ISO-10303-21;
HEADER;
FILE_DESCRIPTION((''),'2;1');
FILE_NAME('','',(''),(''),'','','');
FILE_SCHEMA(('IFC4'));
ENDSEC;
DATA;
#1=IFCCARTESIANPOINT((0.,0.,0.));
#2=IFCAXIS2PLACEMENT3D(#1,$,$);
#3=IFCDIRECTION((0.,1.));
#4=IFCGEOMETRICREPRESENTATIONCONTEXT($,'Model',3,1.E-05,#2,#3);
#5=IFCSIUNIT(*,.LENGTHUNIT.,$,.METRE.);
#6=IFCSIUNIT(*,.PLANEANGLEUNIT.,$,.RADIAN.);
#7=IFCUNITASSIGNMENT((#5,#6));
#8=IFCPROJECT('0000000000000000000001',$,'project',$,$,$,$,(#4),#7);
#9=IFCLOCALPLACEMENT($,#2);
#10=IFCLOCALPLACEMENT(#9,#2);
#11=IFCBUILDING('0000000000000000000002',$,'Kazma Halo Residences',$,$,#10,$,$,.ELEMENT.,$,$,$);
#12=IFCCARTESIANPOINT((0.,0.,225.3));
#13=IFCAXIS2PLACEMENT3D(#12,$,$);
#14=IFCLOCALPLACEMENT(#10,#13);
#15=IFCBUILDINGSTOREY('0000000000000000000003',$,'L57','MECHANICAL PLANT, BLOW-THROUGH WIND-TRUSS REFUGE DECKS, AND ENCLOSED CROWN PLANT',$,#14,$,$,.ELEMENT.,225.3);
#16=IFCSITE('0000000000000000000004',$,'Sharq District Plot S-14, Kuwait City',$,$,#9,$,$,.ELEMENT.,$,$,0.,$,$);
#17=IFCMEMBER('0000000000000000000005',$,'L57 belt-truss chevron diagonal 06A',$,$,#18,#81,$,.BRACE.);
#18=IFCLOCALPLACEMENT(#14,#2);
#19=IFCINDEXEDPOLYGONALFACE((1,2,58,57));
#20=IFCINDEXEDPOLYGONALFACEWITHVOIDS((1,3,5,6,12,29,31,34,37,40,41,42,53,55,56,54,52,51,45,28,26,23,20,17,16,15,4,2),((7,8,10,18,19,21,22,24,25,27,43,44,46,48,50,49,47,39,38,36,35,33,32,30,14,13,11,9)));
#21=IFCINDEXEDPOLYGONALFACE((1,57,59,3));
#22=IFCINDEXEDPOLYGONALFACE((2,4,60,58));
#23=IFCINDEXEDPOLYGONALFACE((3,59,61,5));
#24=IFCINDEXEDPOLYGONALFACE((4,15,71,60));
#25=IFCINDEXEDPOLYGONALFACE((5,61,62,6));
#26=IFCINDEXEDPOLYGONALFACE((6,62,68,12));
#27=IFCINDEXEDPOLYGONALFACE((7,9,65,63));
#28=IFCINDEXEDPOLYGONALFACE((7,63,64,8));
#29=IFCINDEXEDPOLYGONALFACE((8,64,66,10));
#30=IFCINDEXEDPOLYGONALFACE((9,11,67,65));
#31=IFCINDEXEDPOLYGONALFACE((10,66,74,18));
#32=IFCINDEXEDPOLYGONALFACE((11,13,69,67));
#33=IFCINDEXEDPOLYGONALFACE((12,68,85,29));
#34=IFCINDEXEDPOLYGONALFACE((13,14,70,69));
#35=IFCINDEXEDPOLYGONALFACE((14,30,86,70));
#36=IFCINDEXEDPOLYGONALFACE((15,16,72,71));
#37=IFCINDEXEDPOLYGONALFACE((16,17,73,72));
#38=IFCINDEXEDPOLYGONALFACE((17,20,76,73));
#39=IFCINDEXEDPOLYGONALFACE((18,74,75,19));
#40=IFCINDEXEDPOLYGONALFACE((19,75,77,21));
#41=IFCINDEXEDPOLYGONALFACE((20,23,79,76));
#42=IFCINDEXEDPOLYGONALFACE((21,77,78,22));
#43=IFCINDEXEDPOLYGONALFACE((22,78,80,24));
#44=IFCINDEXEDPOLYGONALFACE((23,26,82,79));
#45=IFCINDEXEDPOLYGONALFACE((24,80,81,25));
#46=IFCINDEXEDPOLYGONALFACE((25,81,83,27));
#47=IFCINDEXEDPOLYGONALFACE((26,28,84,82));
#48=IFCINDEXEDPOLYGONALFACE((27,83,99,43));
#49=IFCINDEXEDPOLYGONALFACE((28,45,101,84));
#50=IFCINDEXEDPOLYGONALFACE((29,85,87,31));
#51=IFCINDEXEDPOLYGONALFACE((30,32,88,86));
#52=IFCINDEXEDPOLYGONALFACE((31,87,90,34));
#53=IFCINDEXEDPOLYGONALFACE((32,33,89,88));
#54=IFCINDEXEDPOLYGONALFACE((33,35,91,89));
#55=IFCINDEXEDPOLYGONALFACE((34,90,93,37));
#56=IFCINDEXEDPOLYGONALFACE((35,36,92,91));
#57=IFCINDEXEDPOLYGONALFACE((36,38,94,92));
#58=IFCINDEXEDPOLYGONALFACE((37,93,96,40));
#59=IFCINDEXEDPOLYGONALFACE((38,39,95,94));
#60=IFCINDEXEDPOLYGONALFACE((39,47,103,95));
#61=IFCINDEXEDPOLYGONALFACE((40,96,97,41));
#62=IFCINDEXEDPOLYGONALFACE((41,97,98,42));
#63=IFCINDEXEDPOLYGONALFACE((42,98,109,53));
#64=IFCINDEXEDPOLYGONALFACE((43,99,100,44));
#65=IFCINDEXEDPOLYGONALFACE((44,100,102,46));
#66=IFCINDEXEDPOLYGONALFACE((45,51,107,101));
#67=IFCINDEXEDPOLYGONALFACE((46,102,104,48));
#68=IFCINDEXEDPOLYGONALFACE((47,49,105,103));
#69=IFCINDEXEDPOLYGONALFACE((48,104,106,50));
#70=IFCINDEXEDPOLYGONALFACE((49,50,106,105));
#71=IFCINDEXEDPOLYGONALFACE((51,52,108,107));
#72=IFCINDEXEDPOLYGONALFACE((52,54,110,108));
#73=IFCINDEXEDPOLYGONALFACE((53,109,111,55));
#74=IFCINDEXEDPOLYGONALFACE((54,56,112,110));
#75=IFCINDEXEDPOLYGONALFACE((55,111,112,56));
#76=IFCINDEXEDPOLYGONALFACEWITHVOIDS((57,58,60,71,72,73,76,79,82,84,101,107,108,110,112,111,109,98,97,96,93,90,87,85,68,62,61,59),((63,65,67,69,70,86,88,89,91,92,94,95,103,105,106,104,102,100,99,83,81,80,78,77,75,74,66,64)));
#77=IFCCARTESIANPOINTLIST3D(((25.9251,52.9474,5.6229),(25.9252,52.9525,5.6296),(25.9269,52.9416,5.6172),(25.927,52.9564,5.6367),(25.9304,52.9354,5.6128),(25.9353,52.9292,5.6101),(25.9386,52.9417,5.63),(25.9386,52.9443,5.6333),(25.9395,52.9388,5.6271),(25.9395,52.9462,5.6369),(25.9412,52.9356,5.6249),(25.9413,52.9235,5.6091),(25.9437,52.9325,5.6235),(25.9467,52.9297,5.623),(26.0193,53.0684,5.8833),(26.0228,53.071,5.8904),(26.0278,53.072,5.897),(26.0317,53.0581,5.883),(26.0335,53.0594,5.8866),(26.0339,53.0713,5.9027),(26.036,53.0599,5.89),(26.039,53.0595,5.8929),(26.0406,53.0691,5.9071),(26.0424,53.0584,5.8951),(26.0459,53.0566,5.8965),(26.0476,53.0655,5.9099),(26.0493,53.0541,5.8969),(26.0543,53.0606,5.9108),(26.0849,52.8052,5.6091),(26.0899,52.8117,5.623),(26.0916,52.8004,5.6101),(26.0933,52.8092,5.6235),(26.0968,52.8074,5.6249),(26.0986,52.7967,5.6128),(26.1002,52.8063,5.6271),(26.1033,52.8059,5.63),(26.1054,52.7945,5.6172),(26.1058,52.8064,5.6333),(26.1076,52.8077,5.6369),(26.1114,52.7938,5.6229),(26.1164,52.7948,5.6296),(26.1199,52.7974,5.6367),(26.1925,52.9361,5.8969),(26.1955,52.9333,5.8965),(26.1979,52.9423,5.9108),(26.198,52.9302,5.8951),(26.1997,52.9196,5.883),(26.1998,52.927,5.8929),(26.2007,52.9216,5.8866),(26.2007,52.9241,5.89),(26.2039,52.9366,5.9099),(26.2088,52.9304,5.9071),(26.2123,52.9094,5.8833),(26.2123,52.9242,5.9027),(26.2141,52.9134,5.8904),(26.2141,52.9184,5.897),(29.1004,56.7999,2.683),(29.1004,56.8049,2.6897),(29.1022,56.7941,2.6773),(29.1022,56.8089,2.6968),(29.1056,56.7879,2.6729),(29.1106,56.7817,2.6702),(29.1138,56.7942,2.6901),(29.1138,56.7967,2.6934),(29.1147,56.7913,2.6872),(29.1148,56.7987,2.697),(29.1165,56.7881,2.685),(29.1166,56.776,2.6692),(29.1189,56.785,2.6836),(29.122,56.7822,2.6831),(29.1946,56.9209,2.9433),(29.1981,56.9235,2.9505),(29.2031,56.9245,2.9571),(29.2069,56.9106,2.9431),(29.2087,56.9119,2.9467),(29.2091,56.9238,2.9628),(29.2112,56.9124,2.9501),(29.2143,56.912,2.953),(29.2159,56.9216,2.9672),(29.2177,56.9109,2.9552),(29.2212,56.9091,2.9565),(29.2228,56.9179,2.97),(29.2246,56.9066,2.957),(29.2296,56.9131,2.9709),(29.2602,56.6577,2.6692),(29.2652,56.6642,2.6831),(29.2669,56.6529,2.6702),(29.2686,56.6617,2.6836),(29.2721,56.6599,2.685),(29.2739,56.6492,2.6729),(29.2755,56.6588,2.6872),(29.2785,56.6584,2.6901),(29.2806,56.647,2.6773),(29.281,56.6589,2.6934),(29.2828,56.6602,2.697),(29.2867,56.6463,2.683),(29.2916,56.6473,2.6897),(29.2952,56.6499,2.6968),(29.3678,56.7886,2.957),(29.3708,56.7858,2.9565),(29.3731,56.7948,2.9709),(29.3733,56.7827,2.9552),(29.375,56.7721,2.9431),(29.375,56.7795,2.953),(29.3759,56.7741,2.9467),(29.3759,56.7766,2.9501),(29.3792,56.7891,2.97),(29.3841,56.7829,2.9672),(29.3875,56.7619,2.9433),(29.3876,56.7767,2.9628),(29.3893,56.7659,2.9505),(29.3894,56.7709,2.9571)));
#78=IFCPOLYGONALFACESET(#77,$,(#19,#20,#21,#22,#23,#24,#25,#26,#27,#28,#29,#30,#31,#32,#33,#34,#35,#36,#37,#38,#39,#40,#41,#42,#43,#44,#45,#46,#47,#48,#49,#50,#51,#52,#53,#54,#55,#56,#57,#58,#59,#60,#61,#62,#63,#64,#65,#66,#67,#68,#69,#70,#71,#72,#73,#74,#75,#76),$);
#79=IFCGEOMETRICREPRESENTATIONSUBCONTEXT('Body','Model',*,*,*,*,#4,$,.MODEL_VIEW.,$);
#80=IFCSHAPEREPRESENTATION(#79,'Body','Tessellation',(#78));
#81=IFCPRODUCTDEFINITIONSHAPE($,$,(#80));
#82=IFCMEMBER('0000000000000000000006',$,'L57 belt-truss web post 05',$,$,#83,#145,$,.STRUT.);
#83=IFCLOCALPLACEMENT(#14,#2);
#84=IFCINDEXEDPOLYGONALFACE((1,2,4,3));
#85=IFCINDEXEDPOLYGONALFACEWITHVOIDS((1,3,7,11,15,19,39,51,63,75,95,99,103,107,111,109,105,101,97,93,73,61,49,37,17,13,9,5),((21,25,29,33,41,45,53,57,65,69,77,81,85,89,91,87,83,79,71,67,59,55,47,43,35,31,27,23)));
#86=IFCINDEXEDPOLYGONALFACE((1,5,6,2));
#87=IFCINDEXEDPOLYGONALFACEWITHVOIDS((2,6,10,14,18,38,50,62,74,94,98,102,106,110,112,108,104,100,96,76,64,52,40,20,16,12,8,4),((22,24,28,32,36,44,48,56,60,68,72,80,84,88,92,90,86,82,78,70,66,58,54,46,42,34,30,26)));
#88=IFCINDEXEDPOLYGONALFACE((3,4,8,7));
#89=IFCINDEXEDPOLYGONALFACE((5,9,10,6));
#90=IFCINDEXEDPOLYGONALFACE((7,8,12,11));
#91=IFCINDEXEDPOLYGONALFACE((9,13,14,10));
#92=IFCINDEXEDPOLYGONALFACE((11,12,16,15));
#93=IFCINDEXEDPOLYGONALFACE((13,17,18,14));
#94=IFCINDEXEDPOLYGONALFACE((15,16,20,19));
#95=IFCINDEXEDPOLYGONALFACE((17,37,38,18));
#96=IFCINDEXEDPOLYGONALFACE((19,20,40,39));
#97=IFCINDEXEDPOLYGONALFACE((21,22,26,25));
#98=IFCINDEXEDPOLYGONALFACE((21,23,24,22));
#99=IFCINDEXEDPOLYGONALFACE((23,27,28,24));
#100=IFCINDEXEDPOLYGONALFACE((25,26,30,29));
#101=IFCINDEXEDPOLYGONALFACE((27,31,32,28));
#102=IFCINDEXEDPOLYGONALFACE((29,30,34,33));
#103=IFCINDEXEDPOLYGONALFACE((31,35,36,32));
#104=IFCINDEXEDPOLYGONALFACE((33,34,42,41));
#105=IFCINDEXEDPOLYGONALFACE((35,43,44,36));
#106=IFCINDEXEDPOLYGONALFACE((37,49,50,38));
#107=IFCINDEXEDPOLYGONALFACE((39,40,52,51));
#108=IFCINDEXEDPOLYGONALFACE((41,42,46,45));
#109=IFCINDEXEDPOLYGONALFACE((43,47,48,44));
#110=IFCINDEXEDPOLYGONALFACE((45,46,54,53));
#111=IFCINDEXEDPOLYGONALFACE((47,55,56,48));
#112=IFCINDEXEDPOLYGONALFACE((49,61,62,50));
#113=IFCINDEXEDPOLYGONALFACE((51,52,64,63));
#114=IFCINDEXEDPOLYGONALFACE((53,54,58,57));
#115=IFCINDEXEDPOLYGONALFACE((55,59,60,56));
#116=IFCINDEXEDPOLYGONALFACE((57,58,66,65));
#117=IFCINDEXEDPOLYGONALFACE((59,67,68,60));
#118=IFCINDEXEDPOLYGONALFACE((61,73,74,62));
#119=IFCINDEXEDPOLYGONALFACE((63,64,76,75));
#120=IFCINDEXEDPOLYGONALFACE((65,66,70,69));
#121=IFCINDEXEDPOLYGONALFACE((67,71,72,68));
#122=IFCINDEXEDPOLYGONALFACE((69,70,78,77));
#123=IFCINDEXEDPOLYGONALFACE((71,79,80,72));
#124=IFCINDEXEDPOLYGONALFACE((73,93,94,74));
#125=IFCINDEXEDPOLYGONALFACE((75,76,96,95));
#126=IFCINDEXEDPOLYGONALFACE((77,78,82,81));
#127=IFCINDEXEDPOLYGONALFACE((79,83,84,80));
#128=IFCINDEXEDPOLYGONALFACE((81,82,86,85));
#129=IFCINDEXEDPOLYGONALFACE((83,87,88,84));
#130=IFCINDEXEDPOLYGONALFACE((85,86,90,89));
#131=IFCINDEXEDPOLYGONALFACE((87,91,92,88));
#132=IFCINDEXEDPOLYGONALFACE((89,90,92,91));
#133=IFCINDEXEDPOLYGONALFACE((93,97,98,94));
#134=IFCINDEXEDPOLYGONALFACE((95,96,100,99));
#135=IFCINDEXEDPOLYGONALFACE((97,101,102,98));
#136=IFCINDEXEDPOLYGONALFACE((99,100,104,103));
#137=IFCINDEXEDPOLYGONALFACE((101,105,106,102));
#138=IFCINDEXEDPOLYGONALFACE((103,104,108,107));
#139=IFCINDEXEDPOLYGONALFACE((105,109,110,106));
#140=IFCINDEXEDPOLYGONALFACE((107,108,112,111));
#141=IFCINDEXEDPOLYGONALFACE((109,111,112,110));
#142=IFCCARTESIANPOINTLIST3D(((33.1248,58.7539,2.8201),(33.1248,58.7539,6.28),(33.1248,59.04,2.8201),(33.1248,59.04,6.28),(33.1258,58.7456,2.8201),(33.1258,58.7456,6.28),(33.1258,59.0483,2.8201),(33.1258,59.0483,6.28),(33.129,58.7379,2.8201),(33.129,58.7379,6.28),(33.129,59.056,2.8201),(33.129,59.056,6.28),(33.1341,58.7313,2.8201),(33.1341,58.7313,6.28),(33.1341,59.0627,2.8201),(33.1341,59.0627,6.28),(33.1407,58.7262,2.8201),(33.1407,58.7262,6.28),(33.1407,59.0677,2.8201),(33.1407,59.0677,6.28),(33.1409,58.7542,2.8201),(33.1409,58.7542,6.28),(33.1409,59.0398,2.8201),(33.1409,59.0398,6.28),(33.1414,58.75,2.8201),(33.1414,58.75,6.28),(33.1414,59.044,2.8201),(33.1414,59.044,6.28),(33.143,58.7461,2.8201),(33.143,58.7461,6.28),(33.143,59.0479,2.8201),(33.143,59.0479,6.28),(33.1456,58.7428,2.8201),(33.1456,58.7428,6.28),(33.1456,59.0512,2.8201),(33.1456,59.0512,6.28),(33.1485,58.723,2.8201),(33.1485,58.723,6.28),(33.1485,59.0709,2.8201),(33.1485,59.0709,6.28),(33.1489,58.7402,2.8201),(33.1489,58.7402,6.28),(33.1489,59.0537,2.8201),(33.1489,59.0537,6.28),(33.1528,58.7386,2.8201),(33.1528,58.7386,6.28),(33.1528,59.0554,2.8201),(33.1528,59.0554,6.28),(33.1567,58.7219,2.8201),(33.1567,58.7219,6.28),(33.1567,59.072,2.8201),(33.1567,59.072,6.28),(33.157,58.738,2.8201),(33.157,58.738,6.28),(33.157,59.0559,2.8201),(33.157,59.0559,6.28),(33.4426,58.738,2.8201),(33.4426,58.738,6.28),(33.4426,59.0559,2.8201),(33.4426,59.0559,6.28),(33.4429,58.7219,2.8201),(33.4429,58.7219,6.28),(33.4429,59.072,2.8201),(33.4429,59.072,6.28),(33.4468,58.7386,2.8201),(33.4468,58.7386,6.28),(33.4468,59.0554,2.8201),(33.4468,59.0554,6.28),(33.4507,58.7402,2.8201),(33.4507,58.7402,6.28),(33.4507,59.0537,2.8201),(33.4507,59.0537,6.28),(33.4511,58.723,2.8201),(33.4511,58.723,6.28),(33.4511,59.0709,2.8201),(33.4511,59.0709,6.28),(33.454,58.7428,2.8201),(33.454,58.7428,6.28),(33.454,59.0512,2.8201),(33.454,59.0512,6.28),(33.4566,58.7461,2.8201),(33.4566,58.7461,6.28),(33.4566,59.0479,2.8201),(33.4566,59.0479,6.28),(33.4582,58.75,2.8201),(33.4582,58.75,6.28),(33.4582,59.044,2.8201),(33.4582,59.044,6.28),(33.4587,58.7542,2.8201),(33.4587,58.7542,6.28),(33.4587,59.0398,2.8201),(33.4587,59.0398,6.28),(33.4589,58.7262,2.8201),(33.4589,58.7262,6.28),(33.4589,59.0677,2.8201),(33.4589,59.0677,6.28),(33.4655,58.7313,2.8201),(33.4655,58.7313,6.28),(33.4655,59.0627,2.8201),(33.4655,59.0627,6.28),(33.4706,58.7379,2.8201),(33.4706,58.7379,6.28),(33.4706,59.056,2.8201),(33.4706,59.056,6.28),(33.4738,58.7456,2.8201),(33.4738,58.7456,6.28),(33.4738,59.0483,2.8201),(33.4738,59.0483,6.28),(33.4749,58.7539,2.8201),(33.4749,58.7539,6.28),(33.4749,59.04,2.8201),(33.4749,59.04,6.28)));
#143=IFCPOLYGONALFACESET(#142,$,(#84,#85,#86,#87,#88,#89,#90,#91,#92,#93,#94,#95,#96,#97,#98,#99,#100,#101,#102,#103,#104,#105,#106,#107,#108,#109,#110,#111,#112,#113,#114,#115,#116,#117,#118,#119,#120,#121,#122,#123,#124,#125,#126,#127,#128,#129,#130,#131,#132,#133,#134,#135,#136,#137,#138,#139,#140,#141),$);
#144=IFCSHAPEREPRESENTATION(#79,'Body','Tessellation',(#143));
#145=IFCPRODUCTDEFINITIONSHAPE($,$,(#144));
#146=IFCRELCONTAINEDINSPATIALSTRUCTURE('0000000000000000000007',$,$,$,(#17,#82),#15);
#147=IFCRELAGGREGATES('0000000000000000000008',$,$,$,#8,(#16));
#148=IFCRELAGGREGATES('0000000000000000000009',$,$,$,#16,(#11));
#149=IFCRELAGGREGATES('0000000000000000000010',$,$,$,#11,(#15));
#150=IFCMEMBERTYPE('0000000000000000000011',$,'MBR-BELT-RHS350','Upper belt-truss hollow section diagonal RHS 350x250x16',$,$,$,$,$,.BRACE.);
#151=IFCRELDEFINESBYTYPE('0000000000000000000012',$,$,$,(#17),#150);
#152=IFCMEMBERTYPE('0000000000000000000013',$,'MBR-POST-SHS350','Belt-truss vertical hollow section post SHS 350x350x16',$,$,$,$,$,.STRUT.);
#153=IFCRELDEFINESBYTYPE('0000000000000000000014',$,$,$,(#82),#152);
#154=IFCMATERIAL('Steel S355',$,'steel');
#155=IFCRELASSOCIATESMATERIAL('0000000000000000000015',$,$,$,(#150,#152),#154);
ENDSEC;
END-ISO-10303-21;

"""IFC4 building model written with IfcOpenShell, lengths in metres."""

from ifc_helpers import new_model, si_unit, direction, frame, origin, origin_2d, place, context, subcontext, project, spatial, hollow_rectangle, extrude, material, material_profile, profile_set, type_object, element, save


model = new_model("IFC4")

# Units and contexts
model_context = context("Model", 3, precision=1e-05, world=origin(), true_north=direction((0.0, 1.0)))
body_context = subcontext(model_context, "Body", "Model", "MODEL_VIEW")
ifc_project = project(units=[si_unit("LENGTHUNIT", "METRE"), si_unit("PLANEANGLEUNIT", "RADIAN")], contexts=[model_context])

# Site, building, storey
site_placement = place(None, origin())
site = spatial("IfcSite", under=ifc_project, at=site_placement, Name="Sharq District Plot S-14, Kuwait City", CompositionType="ELEMENT", RefElevation=0.0)
building_placement = place(site_placement, origin())
building = spatial("IfcBuilding", under=site, at=building_placement, Name="Kazma Halo Residences", CompositionType="ELEMENT")
storey_placement = place(building_placement, frame((0.0, 0.0, 225.3)))
storey = spatial("IfcBuildingStorey", under=building, at=storey_placement, Name="L57", Description="MECHANICAL PLANT, BLOW-THROUGH WIND-TRUSS REFUGE DECKS, AND ENCLOSED CROWN PLANT", CompositionType="ELEMENT", Elevation=225.3)

# Shared definitions
ifc_material_1 = material(Name="Steel S355", Category="steel")

# Members
ifc_material_profile_1 = material_profile(ifc_material_1, hollow_rectangle(XDim=0.25, YDim=0.3501, WallThickness=0.0161, InnerFilletRadius=0.0161, OuterFilletRadius=0.032, at=origin_2d()), Name="RHS350x250x16")
ifc_profile_set_1 = profile_set([ifc_material_profile_1], Name="Steel S355")
member_type_1 = type_object("IfcMemberType", Name="MBR-BELT-RHS350", Description="Upper belt-truss hollow section diagonal RHS 350x250x16", PredefinedType="BRACE", material=ifc_profile_set_1)
member_1_placement = place(storey_placement, frame((29.2449, 56.7854, 2.8201), z_axis=(-0.548053, -0.664945, 0.507431), x_axis=(0.771673, -0.636019, 0.0)))
element("IfcMember", 1, at=member_1_placement, inside=storey, type_object=member_type_1, Name="L57 belt-truss chevron diagonal 06A", PredefinedType="BRACE", context=body_context, shape_type="SweptSolid", body=[
    extrude(hollow_rectangle(XDim=0.25, YDim=0.3501, WallThickness=0.0161, InnerFilletRadius=0.0161, OuterFilletRadius=0.032, at=origin_2d()), origin(), (0.0, 0.0, 1.0), 5.7937),
])
ifc_material_profile_2 = material_profile(ifc_material_1, hollow_rectangle(XDim=0.3501, YDim=0.3501, WallThickness=0.0161, InnerFilletRadius=0.0161, OuterFilletRadius=0.032, at=origin_2d()), Name="SHS350x350x16")
ifc_profile_set_2 = profile_set([ifc_material_profile_2], Name="Steel S355")
member_type_2 = type_object("IfcMemberType", Name="MBR-POST-SHS350", Description="Belt-truss vertical hollow section post SHS 350x350x16", PredefinedType="STRUT", material=ifc_profile_set_2)
for number, where, z_axis, x_axis, name in (
    (2, (33.2998, 58.897, 2.8201), (0.0, 0.0, 1.0), (1.0, 0.0, 0.0), "L57 belt-truss web post 05"),
):
    element("IfcMember", number, at=place(storey_placement, frame(where, z_axis=z_axis, x_axis=x_axis)), inside=storey, type_object=member_type_2, Name=name, PredefinedType="STRUT", context=body_context, shape_type="SweptSolid", body=[
        extrude(hollow_rectangle(XDim=0.3501, YDim=0.3501, WallThickness=0.0161, InnerFilletRadius=0.0161, OuterFilletRadius=0.032, at=origin_2d()), origin(), (0.0, 0.0, 1.0), 3.46),
    ])

save(model, "model.ifc")
